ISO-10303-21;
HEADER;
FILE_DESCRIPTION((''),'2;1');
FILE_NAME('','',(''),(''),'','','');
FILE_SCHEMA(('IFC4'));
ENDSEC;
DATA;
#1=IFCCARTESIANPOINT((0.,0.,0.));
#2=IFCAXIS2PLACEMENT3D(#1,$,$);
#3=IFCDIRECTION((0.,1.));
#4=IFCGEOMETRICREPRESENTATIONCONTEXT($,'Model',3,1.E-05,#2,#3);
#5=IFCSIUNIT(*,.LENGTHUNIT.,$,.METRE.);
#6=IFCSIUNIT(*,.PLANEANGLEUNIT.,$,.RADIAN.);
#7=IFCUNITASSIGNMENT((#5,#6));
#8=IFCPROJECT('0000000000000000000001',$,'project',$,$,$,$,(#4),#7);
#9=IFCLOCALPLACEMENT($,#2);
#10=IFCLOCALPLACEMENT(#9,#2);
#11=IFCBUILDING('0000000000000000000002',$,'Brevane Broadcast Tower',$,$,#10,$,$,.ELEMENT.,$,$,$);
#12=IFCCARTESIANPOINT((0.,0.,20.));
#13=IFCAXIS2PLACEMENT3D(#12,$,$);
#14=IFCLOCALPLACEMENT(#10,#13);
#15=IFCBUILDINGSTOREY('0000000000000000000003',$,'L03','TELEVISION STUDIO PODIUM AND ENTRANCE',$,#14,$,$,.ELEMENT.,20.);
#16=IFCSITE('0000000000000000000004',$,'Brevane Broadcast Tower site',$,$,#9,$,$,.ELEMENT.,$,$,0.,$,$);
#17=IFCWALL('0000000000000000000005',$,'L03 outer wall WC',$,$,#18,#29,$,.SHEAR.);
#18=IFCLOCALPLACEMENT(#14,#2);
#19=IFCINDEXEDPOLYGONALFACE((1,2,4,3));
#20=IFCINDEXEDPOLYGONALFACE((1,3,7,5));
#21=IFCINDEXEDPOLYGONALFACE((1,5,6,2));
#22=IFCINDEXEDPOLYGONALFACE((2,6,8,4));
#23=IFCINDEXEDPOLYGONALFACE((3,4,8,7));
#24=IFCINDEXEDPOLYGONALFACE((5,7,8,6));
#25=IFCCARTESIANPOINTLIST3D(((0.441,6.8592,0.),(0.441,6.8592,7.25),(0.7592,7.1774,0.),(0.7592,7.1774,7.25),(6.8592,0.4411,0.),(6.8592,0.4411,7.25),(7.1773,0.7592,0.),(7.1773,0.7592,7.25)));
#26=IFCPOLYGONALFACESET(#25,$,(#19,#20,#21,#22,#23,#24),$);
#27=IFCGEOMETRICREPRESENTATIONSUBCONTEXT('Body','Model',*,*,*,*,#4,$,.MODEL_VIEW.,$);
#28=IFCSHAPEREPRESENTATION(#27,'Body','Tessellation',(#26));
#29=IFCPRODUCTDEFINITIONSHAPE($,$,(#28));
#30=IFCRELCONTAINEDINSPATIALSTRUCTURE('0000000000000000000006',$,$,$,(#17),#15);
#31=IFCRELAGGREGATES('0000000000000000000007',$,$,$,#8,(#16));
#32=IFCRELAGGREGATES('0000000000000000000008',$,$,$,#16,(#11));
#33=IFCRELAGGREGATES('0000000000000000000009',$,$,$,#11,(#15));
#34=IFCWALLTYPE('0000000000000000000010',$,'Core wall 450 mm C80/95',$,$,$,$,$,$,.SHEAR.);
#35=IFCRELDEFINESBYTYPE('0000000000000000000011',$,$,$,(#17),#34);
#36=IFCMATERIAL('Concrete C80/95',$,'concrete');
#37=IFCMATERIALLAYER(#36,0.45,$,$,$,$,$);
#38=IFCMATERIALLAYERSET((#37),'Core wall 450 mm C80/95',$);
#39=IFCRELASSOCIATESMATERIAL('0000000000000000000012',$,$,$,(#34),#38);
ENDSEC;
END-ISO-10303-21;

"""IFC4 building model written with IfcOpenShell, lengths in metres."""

from ifc_helpers import new_model, si_unit, direction, frame, frame_2d, origin, place, context, subcontext, project, spatial, rectangle, extrude, material, layer, layer_set, type_object, element, save


model = new_model("IFC4")

# Units and contexts
model_context = context("Model", 3, precision=1e-05, world=origin(), true_north=direction((0.0, 1.0)))
body_context = subcontext(model_context, "Body", "Model", "MODEL_VIEW")
ifc_project = project(units=[si_unit("LENGTHUNIT", "METRE"), si_unit("PLANEANGLEUNIT", "RADIAN")], contexts=[model_context])

# Site, building, storey
site_placement = place(None, origin())
site = spatial("IfcSite", under=ifc_project, at=site_placement, Name="Brevane Broadcast Tower site", CompositionType="ELEMENT", RefElevation=0.0)
building_placement = place(site_placement, origin())
building = spatial("IfcBuilding", under=site, at=building_placement, Name="Brevane Broadcast Tower", CompositionType="ELEMENT")
storey_placement = place(building_placement, frame((0.0, 0.0, 20.0)))
storey = spatial("IfcBuildingStorey", under=building, at=storey_placement, Name="L03", Description="TELEVISION STUDIO PODIUM AND ENTRANCE", CompositionType="ELEMENT", Elevation=20.0)

# Shared definitions
ifc_material_1 = material(Name="Concrete C80/95", Category="concrete")

# Wall
ifc_layer_1 = layer(ifc_material_1, 0.45)
ifc_layer_set_1 = layer_set([ifc_layer_1], Name="Core wall 450 mm C80/95")
wall_type_1 = type_object("IfcWallType", Name="Core wall 450 mm C80/95", PredefinedType="SHEAR", material=ifc_layer_set_1)
wall_1_placement = place(storey_placement, frame((0.6001, 7.0183, 0.0), z_axis=(0.0, 0.0, 1.0), x_axis=(0.707107, -0.707107, 0.0)))
element("IfcWall", 1, at=wall_1_placement, inside=storey, type_object=wall_type_1, Name="L03 outer wall WC", PredefinedType="SHEAR", context=body_context, shape_type="SweptSolid", body=[
    extrude(rectangle(XDim=9.0767, YDim=0.45, at=frame_2d((4.5383, 0.0))), origin(), (0.0, 0.0, 1.0), 7.25),
])

save(model, "model.ifc")
